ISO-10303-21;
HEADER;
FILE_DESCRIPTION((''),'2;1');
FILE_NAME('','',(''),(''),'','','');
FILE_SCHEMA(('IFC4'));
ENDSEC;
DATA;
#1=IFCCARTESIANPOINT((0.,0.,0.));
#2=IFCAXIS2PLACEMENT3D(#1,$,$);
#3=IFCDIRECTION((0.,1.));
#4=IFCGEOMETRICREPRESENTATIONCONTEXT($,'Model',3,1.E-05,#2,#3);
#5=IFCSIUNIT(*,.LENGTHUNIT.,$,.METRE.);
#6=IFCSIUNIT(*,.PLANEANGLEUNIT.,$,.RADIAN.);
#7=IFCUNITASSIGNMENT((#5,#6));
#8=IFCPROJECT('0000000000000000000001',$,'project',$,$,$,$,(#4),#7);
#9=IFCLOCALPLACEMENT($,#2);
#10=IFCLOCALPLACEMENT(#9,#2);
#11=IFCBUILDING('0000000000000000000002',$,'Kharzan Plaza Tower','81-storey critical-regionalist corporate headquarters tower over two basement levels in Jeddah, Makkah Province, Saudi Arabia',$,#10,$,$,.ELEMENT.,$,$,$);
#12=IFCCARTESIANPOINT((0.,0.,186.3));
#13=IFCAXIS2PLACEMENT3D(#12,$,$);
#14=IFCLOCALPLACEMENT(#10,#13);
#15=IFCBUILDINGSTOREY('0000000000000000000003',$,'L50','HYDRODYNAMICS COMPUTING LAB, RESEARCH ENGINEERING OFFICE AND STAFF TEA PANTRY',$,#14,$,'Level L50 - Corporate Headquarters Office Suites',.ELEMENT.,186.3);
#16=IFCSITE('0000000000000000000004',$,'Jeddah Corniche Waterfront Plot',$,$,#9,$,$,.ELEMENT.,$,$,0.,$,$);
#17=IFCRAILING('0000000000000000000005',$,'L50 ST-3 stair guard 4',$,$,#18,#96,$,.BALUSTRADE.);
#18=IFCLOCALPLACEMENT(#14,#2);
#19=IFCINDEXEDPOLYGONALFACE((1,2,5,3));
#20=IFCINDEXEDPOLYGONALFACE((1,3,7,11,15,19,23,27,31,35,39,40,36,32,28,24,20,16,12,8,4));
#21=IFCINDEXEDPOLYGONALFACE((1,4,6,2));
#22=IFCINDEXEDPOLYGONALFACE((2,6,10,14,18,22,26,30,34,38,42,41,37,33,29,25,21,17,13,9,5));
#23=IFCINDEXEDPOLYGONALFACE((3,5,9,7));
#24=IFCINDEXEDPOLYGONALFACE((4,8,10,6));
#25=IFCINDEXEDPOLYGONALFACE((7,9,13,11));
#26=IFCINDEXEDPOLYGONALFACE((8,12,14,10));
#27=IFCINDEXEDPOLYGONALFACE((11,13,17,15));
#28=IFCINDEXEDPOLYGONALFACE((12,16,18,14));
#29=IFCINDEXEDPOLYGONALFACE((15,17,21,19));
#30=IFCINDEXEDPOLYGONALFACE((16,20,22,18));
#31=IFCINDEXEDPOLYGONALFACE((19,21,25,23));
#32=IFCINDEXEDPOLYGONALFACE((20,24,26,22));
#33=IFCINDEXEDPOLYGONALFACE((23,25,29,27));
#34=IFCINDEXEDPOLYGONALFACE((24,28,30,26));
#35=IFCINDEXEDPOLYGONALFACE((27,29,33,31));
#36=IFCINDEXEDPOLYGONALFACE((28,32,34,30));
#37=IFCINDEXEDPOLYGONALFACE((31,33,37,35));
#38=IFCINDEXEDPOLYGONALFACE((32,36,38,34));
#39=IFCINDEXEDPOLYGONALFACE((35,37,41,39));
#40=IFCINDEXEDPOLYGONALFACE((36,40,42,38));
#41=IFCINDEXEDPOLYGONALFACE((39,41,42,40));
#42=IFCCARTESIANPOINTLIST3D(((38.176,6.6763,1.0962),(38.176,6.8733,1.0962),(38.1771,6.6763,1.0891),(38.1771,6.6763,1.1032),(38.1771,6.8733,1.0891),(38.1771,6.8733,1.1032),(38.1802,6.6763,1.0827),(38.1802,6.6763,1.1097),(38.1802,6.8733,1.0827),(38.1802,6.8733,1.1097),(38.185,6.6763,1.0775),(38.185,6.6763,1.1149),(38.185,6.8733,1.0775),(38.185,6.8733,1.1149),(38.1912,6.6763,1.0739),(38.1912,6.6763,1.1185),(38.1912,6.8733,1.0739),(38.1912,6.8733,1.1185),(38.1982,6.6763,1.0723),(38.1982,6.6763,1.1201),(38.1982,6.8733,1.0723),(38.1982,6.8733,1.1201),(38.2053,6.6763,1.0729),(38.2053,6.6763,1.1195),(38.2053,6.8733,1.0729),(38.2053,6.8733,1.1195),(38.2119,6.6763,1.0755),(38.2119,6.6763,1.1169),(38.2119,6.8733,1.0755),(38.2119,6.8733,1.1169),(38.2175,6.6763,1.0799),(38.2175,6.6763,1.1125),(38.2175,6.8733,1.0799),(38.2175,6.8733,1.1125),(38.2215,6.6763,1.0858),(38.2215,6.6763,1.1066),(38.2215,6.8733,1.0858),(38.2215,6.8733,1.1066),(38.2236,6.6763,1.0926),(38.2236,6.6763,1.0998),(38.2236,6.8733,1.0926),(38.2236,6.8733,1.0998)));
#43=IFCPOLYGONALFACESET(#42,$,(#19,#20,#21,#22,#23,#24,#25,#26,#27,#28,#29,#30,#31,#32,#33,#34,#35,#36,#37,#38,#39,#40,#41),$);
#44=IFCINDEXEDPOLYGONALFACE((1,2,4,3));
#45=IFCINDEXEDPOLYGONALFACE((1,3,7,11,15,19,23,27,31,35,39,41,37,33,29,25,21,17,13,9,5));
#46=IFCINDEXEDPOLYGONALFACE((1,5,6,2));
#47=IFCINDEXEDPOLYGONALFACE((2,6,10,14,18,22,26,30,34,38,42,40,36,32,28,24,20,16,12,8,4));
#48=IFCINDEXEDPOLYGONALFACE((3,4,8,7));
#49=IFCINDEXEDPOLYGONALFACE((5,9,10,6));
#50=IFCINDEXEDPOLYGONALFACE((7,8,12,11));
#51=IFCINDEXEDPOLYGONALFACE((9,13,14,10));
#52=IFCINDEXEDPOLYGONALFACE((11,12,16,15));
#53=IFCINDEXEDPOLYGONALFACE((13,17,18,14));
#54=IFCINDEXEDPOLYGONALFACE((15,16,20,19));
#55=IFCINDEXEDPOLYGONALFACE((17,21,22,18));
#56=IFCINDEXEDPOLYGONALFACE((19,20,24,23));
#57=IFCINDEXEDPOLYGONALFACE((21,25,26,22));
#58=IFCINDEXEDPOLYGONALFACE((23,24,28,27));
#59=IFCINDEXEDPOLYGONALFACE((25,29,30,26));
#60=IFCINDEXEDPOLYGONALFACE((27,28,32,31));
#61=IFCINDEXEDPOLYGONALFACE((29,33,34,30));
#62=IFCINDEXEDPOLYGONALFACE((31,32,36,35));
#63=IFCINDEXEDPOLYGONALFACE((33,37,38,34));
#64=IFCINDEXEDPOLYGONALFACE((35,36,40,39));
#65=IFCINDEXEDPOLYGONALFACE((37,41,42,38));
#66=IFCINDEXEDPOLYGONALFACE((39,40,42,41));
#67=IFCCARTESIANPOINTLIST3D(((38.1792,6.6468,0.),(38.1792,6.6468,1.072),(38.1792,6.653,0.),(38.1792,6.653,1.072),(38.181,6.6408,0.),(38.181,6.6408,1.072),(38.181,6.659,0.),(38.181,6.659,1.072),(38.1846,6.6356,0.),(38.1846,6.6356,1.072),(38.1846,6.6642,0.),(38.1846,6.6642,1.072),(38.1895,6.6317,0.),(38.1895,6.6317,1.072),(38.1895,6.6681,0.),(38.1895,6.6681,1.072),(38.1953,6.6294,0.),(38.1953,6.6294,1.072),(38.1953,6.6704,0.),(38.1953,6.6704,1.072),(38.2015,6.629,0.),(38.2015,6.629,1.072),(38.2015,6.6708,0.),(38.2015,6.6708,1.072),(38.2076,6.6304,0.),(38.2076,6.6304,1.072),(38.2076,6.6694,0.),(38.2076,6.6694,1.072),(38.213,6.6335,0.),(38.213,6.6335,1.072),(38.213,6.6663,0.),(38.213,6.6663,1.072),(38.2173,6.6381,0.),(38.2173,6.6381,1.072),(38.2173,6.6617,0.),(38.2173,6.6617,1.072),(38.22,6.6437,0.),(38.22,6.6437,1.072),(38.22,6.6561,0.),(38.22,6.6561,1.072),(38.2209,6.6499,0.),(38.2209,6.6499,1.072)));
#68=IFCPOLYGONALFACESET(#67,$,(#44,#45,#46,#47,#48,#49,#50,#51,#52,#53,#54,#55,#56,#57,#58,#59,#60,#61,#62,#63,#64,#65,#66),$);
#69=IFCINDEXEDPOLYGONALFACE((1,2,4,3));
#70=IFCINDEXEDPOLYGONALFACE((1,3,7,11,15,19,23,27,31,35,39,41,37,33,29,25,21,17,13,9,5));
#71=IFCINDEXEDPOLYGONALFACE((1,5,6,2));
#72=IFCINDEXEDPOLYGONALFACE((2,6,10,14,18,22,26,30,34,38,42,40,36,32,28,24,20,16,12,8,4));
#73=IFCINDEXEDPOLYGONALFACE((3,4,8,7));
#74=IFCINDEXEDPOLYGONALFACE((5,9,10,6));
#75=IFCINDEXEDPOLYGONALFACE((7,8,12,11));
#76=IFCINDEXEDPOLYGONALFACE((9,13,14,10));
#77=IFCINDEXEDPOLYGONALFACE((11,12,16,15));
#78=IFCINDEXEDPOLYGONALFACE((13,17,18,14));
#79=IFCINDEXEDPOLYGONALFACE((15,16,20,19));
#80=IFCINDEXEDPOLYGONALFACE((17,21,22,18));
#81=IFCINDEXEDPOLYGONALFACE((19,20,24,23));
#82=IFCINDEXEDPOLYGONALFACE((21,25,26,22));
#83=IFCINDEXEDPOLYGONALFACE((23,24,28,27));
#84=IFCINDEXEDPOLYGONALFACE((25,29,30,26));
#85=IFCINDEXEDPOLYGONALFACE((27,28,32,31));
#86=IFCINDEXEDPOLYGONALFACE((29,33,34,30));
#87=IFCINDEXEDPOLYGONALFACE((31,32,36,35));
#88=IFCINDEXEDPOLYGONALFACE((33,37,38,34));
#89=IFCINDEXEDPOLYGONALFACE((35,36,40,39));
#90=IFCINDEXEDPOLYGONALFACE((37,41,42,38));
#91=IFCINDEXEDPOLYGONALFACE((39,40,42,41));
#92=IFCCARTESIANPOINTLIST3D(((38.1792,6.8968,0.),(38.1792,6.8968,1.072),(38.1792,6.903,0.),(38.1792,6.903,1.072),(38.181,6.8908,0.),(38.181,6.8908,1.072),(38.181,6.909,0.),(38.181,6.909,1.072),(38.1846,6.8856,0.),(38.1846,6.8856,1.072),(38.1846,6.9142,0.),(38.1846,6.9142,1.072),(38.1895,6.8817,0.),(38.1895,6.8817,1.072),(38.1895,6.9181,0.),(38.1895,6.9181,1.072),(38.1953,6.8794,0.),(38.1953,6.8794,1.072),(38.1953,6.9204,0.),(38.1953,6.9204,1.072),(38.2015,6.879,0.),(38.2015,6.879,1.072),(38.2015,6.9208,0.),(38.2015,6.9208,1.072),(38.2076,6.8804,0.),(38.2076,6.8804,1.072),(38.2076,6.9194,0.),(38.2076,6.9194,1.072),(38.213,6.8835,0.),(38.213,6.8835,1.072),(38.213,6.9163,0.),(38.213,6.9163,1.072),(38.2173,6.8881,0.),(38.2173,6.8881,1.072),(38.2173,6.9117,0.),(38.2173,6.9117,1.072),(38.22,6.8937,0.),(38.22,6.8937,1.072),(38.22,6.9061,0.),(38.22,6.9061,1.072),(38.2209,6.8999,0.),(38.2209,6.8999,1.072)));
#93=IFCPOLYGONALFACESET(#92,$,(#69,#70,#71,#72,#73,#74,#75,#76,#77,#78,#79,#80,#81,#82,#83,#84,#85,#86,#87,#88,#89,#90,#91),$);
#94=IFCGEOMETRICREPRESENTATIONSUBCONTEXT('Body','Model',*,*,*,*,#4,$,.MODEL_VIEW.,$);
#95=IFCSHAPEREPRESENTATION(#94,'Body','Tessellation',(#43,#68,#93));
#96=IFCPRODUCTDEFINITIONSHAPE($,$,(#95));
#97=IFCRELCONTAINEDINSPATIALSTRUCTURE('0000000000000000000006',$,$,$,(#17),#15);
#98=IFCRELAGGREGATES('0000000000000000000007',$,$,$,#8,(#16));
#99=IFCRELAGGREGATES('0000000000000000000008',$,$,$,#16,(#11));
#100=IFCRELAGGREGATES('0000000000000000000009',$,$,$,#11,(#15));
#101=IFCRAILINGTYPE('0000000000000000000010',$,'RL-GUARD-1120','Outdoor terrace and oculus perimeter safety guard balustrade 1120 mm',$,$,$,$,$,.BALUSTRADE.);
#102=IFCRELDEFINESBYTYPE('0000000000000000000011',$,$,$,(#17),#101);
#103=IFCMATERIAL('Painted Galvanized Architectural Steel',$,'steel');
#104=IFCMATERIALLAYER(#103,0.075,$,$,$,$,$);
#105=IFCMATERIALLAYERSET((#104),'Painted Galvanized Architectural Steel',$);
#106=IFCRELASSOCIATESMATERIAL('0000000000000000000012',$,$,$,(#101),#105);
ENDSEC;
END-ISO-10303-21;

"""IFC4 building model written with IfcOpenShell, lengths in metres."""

from ifc_helpers import new_model, si_unit, direction, frame, origin, origin_2d, place, context, subcontext, project, spatial, circle, extrude, source, transform, mapped, material, layer, layer_set, type_object, element, save


model = new_model("IFC4")

# Units and contexts
model_context = context("Model", 3, precision=1e-05, world=origin(), true_north=direction((0.0, 1.0)))
body_context = subcontext(model_context, "Body", "Model", "MODEL_VIEW")
ifc_project = project(units=[si_unit("LENGTHUNIT", "METRE"), si_unit("PLANEANGLEUNIT", "RADIAN")], contexts=[model_context])

# Site, building, storey
site_placement = place(None, origin())
site = spatial("IfcSite", under=ifc_project, at=site_placement, Name="Jeddah Corniche Waterfront Plot", CompositionType="ELEMENT", RefElevation=0.0)
building_placement = place(site_placement, origin())
building = spatial("IfcBuilding", under=site, at=building_placement, Name="Kharzan Plaza Tower", Description="81-storey critical-regionalist corporate headquarters tower over two basement levels in Jeddah, Makkah Province, Saudi Arabia", CompositionType="ELEMENT")
storey_placement = place(building_placement, frame((0.0, 0.0, 186.3)))
storey = spatial("IfcBuildingStorey", under=building, at=storey_placement, Name="L50", Description="HYDRODYNAMICS COMPUTING LAB, RESEARCH ENGINEERING OFFICE AND STAFF TEA PANTRY", LongName="Level L50 - Corporate Headquarters Office Suites", CompositionType="ELEMENT", Elevation=186.3)

# Railing
ifc_material_1 = material(Name="Painted Galvanized Architectural Steel", Category="steel")
ifc_layer_1 = layer(ifc_material_1, 0.075)
ifc_layer_set_1 = layer_set([ifc_layer_1], Name="Painted Galvanized Architectural Steel")
railing_type_1 = type_object("IfcRailingType", Name="RL-GUARD-1120", Description="Outdoor terrace and oculus perimeter safety guard balustrade 1120 mm", PredefinedType="BALUSTRADE", material=ifc_layer_set_1)
shared_shape_1 = source(origin(), body_context, "Body", "SweptSolid", [
    extrude(circle(Radius=0.0239, at=origin_2d()), frame((0.0, 0.0264, 1.0962), z_axis=(0.0, 1.0, 0.0), x_axis=(-1.0, 0.0, 0.0)), (0.0, 0.0, 1.0), 0.197),
    extrude(circle(Radius=0.021, at=origin_2d()), origin(), (0.0, 0.0, 1.0), 1.072),
    extrude(circle(Radius=0.021, at=origin_2d()), frame((0.0, 0.25, 0.0)), (0.0, 0.0, 1.0), 1.072),
])
railing_1_placement = place(storey_placement, frame((38.2, 6.6499, 0.0)))
element("IfcRailing", 1, at=railing_1_placement, inside=storey, type_object=railing_type_1, Name="L50 ST-3 stair guard 4", PredefinedType="BALUSTRADE", context=body_context, shape_type="MappedRepresentation", body=[
    mapped(shared_shape_1, transform((0.0, 0.0, 0.0), x_axis=(1.0, 0.0, 0.0), y_axis=(0.0, 1.0, 0.0), z_axis=(0.0, 0.0, 1.0))),
])

save(model, "model.ifc")
